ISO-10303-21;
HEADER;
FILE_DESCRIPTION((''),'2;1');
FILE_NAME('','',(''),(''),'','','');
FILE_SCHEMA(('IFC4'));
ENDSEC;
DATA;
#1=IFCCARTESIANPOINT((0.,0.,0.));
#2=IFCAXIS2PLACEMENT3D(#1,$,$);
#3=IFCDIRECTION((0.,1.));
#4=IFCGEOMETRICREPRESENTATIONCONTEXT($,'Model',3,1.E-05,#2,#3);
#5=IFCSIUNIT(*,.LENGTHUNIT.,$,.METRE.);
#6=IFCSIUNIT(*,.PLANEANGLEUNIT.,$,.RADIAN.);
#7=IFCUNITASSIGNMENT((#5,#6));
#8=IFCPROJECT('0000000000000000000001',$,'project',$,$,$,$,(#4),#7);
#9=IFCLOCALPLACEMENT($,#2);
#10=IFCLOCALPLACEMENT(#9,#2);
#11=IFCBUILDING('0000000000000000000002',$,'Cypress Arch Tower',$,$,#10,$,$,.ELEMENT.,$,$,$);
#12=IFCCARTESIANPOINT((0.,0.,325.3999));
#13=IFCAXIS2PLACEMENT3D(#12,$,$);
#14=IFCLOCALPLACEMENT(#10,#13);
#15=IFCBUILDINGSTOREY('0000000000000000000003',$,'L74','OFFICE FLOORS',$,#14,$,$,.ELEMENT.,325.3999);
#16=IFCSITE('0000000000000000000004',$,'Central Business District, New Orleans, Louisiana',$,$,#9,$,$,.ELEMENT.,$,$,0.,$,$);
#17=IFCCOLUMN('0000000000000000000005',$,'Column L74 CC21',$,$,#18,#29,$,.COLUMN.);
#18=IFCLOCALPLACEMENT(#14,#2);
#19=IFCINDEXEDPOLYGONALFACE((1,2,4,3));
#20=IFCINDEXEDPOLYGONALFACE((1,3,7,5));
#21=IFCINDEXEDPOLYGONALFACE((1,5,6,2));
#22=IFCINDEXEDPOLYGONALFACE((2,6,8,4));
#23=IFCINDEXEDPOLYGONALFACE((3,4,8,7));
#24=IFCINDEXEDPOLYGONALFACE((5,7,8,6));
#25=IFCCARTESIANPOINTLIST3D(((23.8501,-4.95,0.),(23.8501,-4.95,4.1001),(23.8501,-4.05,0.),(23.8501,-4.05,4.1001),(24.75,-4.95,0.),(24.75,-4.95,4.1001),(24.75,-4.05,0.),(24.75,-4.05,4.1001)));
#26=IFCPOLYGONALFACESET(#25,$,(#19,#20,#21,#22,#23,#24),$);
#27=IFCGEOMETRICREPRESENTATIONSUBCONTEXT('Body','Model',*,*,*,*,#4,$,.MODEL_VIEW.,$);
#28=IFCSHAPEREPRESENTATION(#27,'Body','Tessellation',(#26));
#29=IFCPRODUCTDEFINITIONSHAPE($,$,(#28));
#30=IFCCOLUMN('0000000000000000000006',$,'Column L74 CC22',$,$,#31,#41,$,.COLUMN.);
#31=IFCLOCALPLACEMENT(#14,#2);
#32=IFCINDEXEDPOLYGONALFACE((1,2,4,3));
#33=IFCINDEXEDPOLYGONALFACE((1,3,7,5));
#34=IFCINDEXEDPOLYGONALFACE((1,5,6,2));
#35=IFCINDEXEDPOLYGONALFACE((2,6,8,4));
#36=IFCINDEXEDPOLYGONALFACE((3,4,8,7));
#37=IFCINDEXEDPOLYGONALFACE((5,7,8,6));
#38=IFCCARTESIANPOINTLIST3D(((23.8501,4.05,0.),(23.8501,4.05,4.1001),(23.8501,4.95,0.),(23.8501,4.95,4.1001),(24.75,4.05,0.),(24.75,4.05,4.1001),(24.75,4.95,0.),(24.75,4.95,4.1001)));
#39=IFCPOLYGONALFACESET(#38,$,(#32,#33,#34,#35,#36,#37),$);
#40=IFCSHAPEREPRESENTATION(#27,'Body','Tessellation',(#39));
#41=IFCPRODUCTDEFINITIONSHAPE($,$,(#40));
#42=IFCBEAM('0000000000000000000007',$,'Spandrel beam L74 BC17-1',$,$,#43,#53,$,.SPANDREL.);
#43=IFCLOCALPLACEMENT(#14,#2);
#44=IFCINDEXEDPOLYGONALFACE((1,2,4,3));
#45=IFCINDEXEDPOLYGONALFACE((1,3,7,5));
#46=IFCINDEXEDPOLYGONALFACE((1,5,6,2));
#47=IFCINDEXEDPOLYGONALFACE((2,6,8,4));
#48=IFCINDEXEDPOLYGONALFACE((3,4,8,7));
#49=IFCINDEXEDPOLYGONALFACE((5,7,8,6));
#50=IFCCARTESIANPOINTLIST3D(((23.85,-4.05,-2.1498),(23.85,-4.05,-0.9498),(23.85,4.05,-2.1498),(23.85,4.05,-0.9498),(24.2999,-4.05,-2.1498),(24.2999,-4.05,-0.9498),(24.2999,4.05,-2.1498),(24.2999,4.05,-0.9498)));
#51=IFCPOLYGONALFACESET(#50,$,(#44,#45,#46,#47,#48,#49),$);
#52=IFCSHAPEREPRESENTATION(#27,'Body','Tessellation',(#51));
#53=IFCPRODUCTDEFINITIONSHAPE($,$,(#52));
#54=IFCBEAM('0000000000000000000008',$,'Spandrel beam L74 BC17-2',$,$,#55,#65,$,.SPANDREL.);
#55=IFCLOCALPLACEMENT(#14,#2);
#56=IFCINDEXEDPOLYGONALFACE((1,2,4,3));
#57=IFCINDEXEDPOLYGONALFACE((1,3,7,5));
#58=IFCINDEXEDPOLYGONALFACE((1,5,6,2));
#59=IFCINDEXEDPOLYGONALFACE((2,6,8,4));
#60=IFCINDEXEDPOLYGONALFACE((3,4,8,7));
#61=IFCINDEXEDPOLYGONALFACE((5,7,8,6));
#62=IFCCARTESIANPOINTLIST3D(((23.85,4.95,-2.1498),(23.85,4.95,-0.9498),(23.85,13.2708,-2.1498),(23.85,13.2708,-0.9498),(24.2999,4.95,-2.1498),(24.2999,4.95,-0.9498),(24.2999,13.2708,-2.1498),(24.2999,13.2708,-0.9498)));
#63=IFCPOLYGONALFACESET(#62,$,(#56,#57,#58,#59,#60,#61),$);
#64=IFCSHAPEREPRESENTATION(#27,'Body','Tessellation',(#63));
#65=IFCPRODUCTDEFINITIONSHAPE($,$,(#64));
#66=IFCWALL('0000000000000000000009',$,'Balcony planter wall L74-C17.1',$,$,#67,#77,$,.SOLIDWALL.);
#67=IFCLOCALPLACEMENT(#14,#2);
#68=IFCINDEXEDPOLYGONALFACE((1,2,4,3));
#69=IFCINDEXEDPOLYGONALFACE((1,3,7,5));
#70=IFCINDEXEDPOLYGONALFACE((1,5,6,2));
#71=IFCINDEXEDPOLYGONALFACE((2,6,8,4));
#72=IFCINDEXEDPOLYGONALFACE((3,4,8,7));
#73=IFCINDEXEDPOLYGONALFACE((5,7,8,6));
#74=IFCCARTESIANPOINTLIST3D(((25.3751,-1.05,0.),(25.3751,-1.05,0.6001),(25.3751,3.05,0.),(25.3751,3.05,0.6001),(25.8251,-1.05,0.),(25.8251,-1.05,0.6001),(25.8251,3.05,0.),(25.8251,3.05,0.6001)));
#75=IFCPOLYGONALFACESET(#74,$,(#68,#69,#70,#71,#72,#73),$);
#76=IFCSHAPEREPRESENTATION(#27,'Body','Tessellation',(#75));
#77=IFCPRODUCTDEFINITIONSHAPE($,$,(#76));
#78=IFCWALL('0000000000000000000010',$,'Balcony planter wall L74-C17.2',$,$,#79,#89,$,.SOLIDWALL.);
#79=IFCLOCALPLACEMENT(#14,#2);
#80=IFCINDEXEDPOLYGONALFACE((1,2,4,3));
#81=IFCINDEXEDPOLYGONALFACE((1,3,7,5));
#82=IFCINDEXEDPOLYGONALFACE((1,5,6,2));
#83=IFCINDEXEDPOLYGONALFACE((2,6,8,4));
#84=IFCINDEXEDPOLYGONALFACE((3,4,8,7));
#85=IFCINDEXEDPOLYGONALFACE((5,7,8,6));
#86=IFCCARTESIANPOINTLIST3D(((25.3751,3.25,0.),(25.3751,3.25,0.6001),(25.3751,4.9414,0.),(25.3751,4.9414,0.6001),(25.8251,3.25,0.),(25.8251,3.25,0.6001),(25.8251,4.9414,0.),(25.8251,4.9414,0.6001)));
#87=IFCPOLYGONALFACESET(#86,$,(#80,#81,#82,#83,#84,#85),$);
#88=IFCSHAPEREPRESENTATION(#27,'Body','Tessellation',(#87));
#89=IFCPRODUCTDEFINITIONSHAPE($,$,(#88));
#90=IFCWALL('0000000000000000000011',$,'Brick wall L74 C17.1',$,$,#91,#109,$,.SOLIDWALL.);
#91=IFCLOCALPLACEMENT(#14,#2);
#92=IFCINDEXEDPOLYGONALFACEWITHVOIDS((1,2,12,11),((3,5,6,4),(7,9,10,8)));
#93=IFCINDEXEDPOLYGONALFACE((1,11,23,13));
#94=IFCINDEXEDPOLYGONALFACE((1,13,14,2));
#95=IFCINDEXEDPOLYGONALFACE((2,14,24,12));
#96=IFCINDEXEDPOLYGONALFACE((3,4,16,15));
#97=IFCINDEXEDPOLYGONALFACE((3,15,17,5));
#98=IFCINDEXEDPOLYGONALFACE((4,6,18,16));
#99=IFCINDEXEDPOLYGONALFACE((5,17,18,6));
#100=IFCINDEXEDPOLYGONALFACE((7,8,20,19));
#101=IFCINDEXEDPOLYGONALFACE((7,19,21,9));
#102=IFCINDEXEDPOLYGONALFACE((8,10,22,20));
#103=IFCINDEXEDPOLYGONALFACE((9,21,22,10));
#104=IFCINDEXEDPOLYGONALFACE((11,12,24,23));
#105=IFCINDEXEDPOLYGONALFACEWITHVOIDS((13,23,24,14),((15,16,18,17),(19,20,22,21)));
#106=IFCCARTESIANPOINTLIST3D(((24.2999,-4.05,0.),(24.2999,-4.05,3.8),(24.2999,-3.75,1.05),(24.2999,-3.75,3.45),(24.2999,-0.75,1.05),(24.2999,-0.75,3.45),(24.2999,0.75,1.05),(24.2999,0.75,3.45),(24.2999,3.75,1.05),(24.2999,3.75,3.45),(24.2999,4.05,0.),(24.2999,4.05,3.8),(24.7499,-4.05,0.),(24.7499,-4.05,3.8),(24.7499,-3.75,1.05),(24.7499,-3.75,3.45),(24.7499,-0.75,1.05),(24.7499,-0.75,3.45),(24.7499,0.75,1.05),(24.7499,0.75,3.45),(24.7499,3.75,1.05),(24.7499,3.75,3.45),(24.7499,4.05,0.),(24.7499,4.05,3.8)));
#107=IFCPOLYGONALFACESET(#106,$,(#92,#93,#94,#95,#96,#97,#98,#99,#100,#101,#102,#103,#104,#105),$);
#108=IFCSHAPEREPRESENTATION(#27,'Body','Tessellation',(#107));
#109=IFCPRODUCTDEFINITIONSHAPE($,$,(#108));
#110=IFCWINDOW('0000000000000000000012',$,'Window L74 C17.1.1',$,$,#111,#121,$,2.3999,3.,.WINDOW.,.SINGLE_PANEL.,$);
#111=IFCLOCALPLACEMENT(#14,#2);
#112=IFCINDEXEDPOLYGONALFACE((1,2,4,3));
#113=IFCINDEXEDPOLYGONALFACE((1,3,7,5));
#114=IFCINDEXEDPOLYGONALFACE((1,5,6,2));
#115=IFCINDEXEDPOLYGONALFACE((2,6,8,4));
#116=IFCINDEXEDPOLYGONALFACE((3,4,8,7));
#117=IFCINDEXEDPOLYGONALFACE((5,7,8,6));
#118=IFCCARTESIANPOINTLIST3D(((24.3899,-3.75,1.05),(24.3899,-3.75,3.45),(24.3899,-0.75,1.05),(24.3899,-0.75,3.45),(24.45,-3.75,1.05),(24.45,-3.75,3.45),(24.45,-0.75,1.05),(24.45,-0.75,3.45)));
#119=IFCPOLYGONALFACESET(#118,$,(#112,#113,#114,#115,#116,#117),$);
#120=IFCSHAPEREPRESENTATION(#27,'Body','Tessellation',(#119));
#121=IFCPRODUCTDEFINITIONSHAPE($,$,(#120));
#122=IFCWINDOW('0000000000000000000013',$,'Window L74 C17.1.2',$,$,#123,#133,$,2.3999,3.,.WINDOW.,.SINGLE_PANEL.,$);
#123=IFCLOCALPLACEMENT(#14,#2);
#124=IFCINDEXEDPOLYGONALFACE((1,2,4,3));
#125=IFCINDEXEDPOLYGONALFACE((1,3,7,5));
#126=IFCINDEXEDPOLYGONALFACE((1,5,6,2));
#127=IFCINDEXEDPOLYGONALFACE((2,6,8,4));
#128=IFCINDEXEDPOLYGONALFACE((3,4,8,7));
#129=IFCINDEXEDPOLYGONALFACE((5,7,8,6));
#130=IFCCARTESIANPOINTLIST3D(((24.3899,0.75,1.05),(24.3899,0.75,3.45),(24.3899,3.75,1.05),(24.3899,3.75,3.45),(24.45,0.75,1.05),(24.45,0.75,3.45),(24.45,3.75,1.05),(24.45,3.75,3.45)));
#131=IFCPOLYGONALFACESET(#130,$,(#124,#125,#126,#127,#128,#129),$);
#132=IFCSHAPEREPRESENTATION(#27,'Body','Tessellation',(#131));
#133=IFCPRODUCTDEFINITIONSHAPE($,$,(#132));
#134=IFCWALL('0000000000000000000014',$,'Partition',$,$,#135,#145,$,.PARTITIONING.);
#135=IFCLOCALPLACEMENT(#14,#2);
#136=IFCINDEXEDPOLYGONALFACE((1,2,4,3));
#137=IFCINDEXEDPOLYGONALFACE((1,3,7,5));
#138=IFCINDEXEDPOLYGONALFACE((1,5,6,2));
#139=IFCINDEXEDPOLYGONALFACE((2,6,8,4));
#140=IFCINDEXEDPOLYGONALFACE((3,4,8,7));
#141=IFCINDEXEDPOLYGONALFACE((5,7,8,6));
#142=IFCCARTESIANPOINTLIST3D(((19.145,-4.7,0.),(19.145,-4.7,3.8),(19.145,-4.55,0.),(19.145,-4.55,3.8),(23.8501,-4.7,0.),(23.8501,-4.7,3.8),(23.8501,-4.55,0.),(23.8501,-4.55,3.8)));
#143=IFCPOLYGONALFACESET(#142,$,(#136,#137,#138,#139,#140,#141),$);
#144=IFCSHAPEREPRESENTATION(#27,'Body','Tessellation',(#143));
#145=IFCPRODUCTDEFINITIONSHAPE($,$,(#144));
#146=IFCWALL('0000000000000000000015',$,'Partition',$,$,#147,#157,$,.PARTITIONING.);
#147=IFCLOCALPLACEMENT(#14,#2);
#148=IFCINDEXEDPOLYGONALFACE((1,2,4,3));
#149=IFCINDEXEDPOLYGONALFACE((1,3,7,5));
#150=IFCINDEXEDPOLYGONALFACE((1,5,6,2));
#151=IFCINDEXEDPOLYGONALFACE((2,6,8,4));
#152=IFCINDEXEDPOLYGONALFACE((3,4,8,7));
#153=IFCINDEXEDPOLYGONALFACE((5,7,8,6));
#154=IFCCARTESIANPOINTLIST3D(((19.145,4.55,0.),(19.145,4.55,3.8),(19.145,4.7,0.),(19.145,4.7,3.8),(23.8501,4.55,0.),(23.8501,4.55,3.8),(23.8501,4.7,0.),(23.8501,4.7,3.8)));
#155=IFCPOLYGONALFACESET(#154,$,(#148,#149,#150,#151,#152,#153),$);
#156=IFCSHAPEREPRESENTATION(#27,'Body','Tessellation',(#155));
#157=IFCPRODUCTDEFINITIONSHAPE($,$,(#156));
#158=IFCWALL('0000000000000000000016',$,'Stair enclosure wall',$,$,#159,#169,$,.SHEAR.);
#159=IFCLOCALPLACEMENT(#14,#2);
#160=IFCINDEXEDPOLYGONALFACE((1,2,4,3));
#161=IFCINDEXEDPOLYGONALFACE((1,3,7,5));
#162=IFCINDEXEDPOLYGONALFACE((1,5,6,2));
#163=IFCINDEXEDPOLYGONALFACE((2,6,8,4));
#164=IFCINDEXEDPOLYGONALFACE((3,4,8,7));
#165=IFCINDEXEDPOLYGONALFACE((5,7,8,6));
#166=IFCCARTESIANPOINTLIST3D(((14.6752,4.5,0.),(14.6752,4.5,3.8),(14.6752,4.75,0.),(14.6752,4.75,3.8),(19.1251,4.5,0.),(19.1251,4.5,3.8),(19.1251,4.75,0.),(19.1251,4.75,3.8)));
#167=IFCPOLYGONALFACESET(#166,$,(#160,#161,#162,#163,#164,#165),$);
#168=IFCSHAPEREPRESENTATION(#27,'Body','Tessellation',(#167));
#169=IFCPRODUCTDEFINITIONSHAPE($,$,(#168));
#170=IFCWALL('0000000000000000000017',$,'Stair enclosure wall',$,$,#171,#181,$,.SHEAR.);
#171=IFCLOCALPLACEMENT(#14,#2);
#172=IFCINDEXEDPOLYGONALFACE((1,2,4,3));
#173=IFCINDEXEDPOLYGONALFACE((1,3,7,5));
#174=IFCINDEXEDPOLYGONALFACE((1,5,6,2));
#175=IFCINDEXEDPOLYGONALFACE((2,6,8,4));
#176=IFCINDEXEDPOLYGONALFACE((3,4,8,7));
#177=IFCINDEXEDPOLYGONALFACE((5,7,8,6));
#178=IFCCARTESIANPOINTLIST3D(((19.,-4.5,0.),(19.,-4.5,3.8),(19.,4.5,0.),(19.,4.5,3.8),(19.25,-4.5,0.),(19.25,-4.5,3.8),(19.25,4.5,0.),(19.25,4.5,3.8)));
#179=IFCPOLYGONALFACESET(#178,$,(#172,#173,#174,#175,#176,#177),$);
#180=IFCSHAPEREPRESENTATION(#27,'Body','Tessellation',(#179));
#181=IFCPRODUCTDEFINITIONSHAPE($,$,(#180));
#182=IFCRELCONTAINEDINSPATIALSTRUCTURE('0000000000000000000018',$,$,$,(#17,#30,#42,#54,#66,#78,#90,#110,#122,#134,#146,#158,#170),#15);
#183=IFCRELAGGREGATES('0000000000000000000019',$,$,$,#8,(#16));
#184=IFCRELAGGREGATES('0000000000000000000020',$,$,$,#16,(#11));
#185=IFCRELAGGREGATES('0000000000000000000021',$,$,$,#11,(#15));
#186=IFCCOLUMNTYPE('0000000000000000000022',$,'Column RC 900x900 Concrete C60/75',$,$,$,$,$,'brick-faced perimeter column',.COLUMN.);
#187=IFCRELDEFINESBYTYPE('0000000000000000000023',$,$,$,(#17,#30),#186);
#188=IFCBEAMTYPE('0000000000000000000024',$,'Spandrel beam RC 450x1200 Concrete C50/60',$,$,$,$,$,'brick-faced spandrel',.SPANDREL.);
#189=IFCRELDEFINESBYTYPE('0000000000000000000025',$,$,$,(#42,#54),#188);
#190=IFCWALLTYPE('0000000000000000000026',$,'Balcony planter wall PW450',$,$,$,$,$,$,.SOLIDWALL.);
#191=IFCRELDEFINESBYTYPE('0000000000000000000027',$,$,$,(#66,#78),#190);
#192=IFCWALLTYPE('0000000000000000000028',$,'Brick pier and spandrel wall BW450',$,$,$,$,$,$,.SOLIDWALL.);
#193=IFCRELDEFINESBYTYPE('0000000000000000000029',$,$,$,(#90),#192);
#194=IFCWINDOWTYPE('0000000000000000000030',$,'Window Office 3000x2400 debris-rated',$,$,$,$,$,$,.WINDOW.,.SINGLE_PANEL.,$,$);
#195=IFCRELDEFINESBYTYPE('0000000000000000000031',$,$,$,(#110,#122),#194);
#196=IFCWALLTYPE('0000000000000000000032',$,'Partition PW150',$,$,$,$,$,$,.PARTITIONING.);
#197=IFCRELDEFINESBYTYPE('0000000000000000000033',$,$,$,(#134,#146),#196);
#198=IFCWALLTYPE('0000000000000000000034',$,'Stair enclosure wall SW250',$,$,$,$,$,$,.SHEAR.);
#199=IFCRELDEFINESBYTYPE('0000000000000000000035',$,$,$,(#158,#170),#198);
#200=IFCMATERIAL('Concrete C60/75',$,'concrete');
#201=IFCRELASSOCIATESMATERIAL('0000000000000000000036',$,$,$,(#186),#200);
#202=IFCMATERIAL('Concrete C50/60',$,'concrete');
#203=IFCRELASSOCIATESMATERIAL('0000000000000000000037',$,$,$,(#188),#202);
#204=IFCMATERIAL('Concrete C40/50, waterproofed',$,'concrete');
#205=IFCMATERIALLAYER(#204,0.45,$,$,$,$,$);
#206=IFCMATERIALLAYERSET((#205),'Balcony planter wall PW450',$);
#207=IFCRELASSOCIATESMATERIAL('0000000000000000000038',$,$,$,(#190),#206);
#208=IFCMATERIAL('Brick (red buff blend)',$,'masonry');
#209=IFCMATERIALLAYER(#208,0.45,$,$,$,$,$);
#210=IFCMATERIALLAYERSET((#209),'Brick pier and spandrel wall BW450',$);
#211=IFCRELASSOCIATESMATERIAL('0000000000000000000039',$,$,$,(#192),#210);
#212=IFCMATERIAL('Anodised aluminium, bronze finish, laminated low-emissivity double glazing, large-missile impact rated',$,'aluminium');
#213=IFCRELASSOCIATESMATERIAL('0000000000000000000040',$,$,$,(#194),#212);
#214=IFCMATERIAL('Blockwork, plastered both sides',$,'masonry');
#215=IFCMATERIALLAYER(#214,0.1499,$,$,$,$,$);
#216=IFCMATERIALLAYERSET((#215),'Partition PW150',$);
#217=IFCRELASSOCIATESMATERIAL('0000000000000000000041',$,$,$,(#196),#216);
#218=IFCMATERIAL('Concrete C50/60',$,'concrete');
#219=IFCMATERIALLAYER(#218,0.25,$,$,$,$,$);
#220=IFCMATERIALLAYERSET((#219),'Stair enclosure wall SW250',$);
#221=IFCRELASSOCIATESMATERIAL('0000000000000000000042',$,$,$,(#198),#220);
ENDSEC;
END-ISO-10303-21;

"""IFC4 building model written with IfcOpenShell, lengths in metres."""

from ifc_helpers import new_model, si_unit, direction, frame, frame_2d, origin, origin_2d, place, context, subcontext, project, spatial, rectangle, extrude, material, layer, layer_set, material_profile, profile_set, type_object, element, fill, save


model = new_model("IFC4")

# Units and contexts
model_context = context("Model", 3, precision=1e-05, world=origin(), true_north=direction((0.0, 1.0)))
body_context = subcontext(model_context, "Body", "Model", "MODEL_VIEW")
ifc_project = project(units=[si_unit("LENGTHUNIT", "METRE"), si_unit("PLANEANGLEUNIT", "RADIAN")], contexts=[model_context])

# Site, building, storey
site_placement = place(None, origin())
site = spatial("IfcSite", under=ifc_project, at=site_placement, Name="Central Business District, New Orleans, Louisiana", CompositionType="ELEMENT", RefElevation=0.0)
building_placement = place(site_placement, origin())
building = spatial("IfcBuilding", under=site, at=building_placement, Name="Cypress Arch Tower", CompositionType="ELEMENT")
storey_placement = place(building_placement, frame((0.0, 0.0, 325.3999)))
storey = spatial("IfcBuildingStorey", under=building, at=storey_placement, Name="L74", Description="OFFICE FLOORS", CompositionType="ELEMENT", Elevation=325.3999)

# Columns
ifc_material_1 = material(Name="Concrete C60/75", Category="concrete")
ifc_material_profile_1 = material_profile(ifc_material_1, rectangle(XDim=0.8999, YDim=0.8999, at=origin_2d()), Name="RC 900x900")
ifc_profile_set_1 = profile_set([ifc_material_profile_1], Name="Concrete C60/75")
column_type = type_object("IfcColumnType", Name="Column RC 900x900 Concrete C60/75", ElementType="brick-faced perimeter column", PredefinedType="COLUMN", material=ifc_profile_set_1)
for number, where, z_axis, x_axis, name in (
    (1, (24.3, -4.5, 0.0), (0.0, 0.0, 1.0), (0.0, 1.0, 0.0), "Column L74 CC21"),
    (2, (24.3, 4.5, 0.0), (0.0, 0.0, 1.0), (0.0, 1.0, 0.0), "Column L74 CC22"),
):
    element("IfcColumn", number, at=place(storey_placement, frame(where, z_axis=z_axis, x_axis=x_axis)), inside=storey, type_object=column_type, Name=name, PredefinedType="COLUMN", context=body_context, shape_type="SweptSolid", body=[
        extrude(rectangle(XDim=0.8999, YDim=0.8999, at=origin_2d()), origin(), (0.0, 0.0, 1.0), 4.1001),
    ])

# Beams
ifc_material_2 = material(Name="Concrete C50/60", Category="concrete")
ifc_material_profile_2 = material_profile(ifc_material_2, rectangle(XDim=0.45, YDim=1.2, at=origin_2d()), Name="RC 450x1200")
ifc_profile_set_2 = profile_set([ifc_material_profile_2], Name="Concrete C50/60")
beam_type = type_object("IfcBeamType", Name="Spandrel beam RC 450x1200 Concrete C50/60", ElementType="brick-faced spandrel", PredefinedType="SPANDREL", material=ifc_profile_set_2)
beam_1_placement = place(storey_placement, frame((24.075, -4.05, -1.5498), z_axis=(0.0, 1.0, 0.0), x_axis=(-1.0, 0.0, 0.0)))
element("IfcBeam", 3, at=beam_1_placement, inside=storey, type_object=beam_type, Name="Spandrel beam L74 BC17-1", PredefinedType="SPANDREL", context=body_context, shape_type="SweptSolid", body=[
    extrude(rectangle(XDim=0.45, YDim=1.2, at=origin_2d()), origin(), (0.0, 0.0, 1.0), 8.1001),
])
beam_2_placement = place(storey_placement, frame((24.075, 4.95, -1.5498), z_axis=(0.0, 1.0, 0.0), x_axis=(-1.0, 0.0, 0.0)))
element("IfcBeam", 4, at=beam_2_placement, inside=storey, type_object=beam_type, Name="Spandrel beam L74 BC17-2", PredefinedType="SPANDREL", context=body_context, shape_type="SweptSolid", body=[
    extrude(rectangle(XDim=0.45, YDim=1.2, at=origin_2d()), origin(), (0.0, 0.0, 1.0), 8.3208),
])

# Walls
ifc_material_3 = material(Name="Concrete C40/50, waterproofed", Category="concrete")
ifc_layer_1 = layer(ifc_material_3, 0.45)
ifc_layer_set_1 = layer_set([ifc_layer_1], Name="Balcony planter wall PW450")
wall_type_1 = type_object("IfcWallType", Name="Balcony planter wall PW450", PredefinedType="SOLIDWALL", material=ifc_layer_set_1)
wall_1_placement = place(storey_placement, frame((25.6001, -1.05, 0.0), z_axis=(0.0, 0.0, 1.0), x_axis=(0.0, 1.0, 0.0)))
element("IfcWall", 5, at=wall_1_placement, inside=storey, type_object=wall_type_1, Name="Balcony planter wall L74-C17.1", PredefinedType="SOLIDWALL", context=body_context, shape_type="SweptSolid", body=[
    extrude(rectangle(XDim=4.1001, YDim=0.45, at=frame_2d((2.05, 0.0))), origin(), (0.0, 0.0, 1.0), 0.6001),
])
wall_2_placement = place(storey_placement, frame((25.6001, 3.25, 0.0), z_axis=(0.0, 0.0, 1.0), x_axis=(0.0, 1.0, 0.0)))
element("IfcWall", 6, at=wall_2_placement, inside=storey, type_object=wall_type_1, Name="Balcony planter wall L74-C17.2", PredefinedType="SOLIDWALL", context=body_context, shape_type="SweptSolid", body=[
    extrude(rectangle(XDim=1.6914, YDim=0.45, at=frame_2d((0.8457, 0.0))), origin(), (0.0, 0.0, 1.0), 0.6001),
])

# Wall, openings, windows
ifc_material_4 = material(Name="Brick (red buff blend)", Category="masonry")
ifc_layer_2 = layer(ifc_material_4, 0.45)
ifc_layer_set_2 = layer_set([ifc_layer_2], Name="Brick pier and spandrel wall BW450")
wall_type_2 = type_object("IfcWallType", Name="Brick pier and spandrel wall BW450", PredefinedType="SOLIDWALL", material=ifc_layer_set_2)
wall_3_placement = place(storey_placement, frame((24.5249, -4.05, 0.0), z_axis=(0.0, 0.0, 1.0), x_axis=(0.0, 1.0, 0.0)))
wall_3 = element("IfcWall", 7, at=wall_3_placement, inside=storey, type_object=wall_type_2, Name="Brick wall L74 C17.1", PredefinedType="SOLIDWALL", context=body_context, shape_type="SweptSolid", body=[
    extrude(rectangle(XDim=8.1001, YDim=0.45, at=frame_2d((4.05, 0.0))), origin(), (0.0, 0.0, 1.0), 3.8),
])
opening_1_placement = place(wall_3_placement, frame((0.3, 0.0, 1.05)))
opening_1 = element("IfcOpeningElement", 8, at=opening_1_placement, cuts=wall_3, PredefinedType="OPENING", context=body_context, shape_type="SweptSolid", body=[
    extrude(rectangle(XDim=3.0, YDim=2.3999, at=frame_2d((1.5, 1.2))), frame((0.0, 0.2349, 0.0), z_axis=(0.0, -1.0, 0.0), x_axis=(1.0, 0.0, 0.0)), (0.0, 0.0, 1.0), 0.47),
])
opening_2_placement = place(wall_3_placement, frame((4.8, 0.0, 1.05)))
opening_2 = element("IfcOpeningElement", 9, at=opening_2_placement, cuts=wall_3, PredefinedType="OPENING", context=body_context, shape_type="SweptSolid", body=[
    extrude(rectangle(XDim=3.0, YDim=2.3999, at=frame_2d((1.5, 1.2))), frame((0.0, 0.2349, 0.0), z_axis=(0.0, -1.0, 0.0), x_axis=(1.0, 0.0, 0.0)), (0.0, 0.0, 1.0), 0.47),
])
ifc_material_5 = material(Name="Anodised aluminium, bronze finish, laminated low-emissivity double glazing, large-missile impact rated", Category="aluminium")
window_type = type_object("IfcWindowType", Name="Window Office 3000x2400 debris-rated", PartitioningType="SINGLE_PANEL", PredefinedType="WINDOW", material=ifc_material_5)
window_1_placement = place(opening_1_placement, origin())
window_1 = element("IfcWindow", 10, at=window_1_placement, inside=storey, type_object=window_type, Name="Window L74 C17.1.1", OverallHeight=2.3999, OverallWidth=3.0, PartitioningType="SINGLE_PANEL", PredefinedType="WINDOW", context=body_context, shape_type="SweptSolid", body=[
    extrude(rectangle(XDim=3.0, YDim=2.3999, at=frame_2d((1.5, 1.2))), frame((0.0, 0.135, 0.0), z_axis=(0.0, -1.0, 0.0), x_axis=(1.0, 0.0, 0.0)), (0.0, 0.0, 1.0), 0.0601),
])
fill(opening_1, window_1)
window_2_placement = place(opening_2_placement, origin())
window_2 = element("IfcWindow", 11, at=window_2_placement, inside=storey, type_object=window_type, Name="Window L74 C17.1.2", OverallHeight=2.3999, OverallWidth=3.0, PartitioningType="SINGLE_PANEL", PredefinedType="WINDOW", context=body_context, shape_type="SweptSolid", body=[
    extrude(rectangle(XDim=3.0, YDim=2.3999, at=frame_2d((1.5, 1.2))), frame((0.0, 0.135, 0.0), z_axis=(0.0, -1.0, 0.0), x_axis=(1.0, 0.0, 0.0)), (0.0, 0.0, 1.0), 0.0601),
])
fill(opening_2, window_2)

# Walls
ifc_material_6 = material(Name="Blockwork, plastered both sides", Category="masonry")
ifc_layer_3 = layer(ifc_material_6, 0.1499)
ifc_layer_set_3 = layer_set([ifc_layer_3], Name="Partition PW150")
wall_type_3 = type_object("IfcWallType", Name="Partition PW150", PredefinedType="PARTITIONING", material=ifc_layer_set_3)
for number, where, z_axis, x_axis, name in (
    (12, (19.145, -4.625, 0.0), (0.0, 0.0, 1.0), (1.0, 0.0, 0.0), "Partition"),
    (13, (19.145, 4.625, 0.0), (0.0, 0.0, 1.0), (1.0, 0.0, 0.0), "Partition"),
):
    element("IfcWall", number, at=place(storey_placement, frame(where, z_axis=z_axis, x_axis=x_axis)), inside=storey, type_object=wall_type_3, Name=name, PredefinedType="PARTITIONING", context=body_context, shape_type="SweptSolid", body=[
        extrude(rectangle(XDim=4.7051, YDim=0.1499, at=frame_2d((2.3525, 0.0))), origin(), (0.0, 0.0, 1.0), 3.8),
    ])
ifc_material_7 = material(Name="Concrete C50/60", Category="concrete")
ifc_layer_4 = layer(ifc_material_7, 0.25)
ifc_layer_set_4 = layer_set([ifc_layer_4], Name="Stair enclosure wall SW250")
wall_type_4 = type_object("IfcWallType", Name="Stair enclosure wall SW250", PredefinedType="SHEAR", material=ifc_layer_set_4)
wall_4_placement = place(storey_placement, frame((14.675, 4.625, 0.0), z_axis=(0.0, 0.0, 1.0), x_axis=(1.0, 0.0, 0.0)))
element("IfcWall", 14, at=wall_4_placement, inside=storey, type_object=wall_type_4, Name="Stair enclosure wall", PredefinedType="SHEAR", context=body_context, shape_type="SweptSolid", body=[
    extrude(rectangle(XDim=4.45, YDim=0.25, at=frame_2d((2.2251, 0.0))), origin(), (0.0, 0.0, 1.0), 3.8),
])
wall_5_placement = place(storey_placement, frame((19.125, -4.5, 0.0), z_axis=(0.0, 0.0, 1.0), x_axis=(0.0, 1.0, 0.0)))
element("IfcWall", 15, at=wall_5_placement, inside=storey, type_object=wall_type_4, Name="Stair enclosure wall", PredefinedType="SHEAR", context=body_context, shape_type="SweptSolid", body=[
    extrude(rectangle(XDim=9.0, YDim=0.25, at=frame_2d((4.5, 0.0))), origin(), (0.0, 0.0, 1.0), 3.8),
])

save(model, "model.ifc")
